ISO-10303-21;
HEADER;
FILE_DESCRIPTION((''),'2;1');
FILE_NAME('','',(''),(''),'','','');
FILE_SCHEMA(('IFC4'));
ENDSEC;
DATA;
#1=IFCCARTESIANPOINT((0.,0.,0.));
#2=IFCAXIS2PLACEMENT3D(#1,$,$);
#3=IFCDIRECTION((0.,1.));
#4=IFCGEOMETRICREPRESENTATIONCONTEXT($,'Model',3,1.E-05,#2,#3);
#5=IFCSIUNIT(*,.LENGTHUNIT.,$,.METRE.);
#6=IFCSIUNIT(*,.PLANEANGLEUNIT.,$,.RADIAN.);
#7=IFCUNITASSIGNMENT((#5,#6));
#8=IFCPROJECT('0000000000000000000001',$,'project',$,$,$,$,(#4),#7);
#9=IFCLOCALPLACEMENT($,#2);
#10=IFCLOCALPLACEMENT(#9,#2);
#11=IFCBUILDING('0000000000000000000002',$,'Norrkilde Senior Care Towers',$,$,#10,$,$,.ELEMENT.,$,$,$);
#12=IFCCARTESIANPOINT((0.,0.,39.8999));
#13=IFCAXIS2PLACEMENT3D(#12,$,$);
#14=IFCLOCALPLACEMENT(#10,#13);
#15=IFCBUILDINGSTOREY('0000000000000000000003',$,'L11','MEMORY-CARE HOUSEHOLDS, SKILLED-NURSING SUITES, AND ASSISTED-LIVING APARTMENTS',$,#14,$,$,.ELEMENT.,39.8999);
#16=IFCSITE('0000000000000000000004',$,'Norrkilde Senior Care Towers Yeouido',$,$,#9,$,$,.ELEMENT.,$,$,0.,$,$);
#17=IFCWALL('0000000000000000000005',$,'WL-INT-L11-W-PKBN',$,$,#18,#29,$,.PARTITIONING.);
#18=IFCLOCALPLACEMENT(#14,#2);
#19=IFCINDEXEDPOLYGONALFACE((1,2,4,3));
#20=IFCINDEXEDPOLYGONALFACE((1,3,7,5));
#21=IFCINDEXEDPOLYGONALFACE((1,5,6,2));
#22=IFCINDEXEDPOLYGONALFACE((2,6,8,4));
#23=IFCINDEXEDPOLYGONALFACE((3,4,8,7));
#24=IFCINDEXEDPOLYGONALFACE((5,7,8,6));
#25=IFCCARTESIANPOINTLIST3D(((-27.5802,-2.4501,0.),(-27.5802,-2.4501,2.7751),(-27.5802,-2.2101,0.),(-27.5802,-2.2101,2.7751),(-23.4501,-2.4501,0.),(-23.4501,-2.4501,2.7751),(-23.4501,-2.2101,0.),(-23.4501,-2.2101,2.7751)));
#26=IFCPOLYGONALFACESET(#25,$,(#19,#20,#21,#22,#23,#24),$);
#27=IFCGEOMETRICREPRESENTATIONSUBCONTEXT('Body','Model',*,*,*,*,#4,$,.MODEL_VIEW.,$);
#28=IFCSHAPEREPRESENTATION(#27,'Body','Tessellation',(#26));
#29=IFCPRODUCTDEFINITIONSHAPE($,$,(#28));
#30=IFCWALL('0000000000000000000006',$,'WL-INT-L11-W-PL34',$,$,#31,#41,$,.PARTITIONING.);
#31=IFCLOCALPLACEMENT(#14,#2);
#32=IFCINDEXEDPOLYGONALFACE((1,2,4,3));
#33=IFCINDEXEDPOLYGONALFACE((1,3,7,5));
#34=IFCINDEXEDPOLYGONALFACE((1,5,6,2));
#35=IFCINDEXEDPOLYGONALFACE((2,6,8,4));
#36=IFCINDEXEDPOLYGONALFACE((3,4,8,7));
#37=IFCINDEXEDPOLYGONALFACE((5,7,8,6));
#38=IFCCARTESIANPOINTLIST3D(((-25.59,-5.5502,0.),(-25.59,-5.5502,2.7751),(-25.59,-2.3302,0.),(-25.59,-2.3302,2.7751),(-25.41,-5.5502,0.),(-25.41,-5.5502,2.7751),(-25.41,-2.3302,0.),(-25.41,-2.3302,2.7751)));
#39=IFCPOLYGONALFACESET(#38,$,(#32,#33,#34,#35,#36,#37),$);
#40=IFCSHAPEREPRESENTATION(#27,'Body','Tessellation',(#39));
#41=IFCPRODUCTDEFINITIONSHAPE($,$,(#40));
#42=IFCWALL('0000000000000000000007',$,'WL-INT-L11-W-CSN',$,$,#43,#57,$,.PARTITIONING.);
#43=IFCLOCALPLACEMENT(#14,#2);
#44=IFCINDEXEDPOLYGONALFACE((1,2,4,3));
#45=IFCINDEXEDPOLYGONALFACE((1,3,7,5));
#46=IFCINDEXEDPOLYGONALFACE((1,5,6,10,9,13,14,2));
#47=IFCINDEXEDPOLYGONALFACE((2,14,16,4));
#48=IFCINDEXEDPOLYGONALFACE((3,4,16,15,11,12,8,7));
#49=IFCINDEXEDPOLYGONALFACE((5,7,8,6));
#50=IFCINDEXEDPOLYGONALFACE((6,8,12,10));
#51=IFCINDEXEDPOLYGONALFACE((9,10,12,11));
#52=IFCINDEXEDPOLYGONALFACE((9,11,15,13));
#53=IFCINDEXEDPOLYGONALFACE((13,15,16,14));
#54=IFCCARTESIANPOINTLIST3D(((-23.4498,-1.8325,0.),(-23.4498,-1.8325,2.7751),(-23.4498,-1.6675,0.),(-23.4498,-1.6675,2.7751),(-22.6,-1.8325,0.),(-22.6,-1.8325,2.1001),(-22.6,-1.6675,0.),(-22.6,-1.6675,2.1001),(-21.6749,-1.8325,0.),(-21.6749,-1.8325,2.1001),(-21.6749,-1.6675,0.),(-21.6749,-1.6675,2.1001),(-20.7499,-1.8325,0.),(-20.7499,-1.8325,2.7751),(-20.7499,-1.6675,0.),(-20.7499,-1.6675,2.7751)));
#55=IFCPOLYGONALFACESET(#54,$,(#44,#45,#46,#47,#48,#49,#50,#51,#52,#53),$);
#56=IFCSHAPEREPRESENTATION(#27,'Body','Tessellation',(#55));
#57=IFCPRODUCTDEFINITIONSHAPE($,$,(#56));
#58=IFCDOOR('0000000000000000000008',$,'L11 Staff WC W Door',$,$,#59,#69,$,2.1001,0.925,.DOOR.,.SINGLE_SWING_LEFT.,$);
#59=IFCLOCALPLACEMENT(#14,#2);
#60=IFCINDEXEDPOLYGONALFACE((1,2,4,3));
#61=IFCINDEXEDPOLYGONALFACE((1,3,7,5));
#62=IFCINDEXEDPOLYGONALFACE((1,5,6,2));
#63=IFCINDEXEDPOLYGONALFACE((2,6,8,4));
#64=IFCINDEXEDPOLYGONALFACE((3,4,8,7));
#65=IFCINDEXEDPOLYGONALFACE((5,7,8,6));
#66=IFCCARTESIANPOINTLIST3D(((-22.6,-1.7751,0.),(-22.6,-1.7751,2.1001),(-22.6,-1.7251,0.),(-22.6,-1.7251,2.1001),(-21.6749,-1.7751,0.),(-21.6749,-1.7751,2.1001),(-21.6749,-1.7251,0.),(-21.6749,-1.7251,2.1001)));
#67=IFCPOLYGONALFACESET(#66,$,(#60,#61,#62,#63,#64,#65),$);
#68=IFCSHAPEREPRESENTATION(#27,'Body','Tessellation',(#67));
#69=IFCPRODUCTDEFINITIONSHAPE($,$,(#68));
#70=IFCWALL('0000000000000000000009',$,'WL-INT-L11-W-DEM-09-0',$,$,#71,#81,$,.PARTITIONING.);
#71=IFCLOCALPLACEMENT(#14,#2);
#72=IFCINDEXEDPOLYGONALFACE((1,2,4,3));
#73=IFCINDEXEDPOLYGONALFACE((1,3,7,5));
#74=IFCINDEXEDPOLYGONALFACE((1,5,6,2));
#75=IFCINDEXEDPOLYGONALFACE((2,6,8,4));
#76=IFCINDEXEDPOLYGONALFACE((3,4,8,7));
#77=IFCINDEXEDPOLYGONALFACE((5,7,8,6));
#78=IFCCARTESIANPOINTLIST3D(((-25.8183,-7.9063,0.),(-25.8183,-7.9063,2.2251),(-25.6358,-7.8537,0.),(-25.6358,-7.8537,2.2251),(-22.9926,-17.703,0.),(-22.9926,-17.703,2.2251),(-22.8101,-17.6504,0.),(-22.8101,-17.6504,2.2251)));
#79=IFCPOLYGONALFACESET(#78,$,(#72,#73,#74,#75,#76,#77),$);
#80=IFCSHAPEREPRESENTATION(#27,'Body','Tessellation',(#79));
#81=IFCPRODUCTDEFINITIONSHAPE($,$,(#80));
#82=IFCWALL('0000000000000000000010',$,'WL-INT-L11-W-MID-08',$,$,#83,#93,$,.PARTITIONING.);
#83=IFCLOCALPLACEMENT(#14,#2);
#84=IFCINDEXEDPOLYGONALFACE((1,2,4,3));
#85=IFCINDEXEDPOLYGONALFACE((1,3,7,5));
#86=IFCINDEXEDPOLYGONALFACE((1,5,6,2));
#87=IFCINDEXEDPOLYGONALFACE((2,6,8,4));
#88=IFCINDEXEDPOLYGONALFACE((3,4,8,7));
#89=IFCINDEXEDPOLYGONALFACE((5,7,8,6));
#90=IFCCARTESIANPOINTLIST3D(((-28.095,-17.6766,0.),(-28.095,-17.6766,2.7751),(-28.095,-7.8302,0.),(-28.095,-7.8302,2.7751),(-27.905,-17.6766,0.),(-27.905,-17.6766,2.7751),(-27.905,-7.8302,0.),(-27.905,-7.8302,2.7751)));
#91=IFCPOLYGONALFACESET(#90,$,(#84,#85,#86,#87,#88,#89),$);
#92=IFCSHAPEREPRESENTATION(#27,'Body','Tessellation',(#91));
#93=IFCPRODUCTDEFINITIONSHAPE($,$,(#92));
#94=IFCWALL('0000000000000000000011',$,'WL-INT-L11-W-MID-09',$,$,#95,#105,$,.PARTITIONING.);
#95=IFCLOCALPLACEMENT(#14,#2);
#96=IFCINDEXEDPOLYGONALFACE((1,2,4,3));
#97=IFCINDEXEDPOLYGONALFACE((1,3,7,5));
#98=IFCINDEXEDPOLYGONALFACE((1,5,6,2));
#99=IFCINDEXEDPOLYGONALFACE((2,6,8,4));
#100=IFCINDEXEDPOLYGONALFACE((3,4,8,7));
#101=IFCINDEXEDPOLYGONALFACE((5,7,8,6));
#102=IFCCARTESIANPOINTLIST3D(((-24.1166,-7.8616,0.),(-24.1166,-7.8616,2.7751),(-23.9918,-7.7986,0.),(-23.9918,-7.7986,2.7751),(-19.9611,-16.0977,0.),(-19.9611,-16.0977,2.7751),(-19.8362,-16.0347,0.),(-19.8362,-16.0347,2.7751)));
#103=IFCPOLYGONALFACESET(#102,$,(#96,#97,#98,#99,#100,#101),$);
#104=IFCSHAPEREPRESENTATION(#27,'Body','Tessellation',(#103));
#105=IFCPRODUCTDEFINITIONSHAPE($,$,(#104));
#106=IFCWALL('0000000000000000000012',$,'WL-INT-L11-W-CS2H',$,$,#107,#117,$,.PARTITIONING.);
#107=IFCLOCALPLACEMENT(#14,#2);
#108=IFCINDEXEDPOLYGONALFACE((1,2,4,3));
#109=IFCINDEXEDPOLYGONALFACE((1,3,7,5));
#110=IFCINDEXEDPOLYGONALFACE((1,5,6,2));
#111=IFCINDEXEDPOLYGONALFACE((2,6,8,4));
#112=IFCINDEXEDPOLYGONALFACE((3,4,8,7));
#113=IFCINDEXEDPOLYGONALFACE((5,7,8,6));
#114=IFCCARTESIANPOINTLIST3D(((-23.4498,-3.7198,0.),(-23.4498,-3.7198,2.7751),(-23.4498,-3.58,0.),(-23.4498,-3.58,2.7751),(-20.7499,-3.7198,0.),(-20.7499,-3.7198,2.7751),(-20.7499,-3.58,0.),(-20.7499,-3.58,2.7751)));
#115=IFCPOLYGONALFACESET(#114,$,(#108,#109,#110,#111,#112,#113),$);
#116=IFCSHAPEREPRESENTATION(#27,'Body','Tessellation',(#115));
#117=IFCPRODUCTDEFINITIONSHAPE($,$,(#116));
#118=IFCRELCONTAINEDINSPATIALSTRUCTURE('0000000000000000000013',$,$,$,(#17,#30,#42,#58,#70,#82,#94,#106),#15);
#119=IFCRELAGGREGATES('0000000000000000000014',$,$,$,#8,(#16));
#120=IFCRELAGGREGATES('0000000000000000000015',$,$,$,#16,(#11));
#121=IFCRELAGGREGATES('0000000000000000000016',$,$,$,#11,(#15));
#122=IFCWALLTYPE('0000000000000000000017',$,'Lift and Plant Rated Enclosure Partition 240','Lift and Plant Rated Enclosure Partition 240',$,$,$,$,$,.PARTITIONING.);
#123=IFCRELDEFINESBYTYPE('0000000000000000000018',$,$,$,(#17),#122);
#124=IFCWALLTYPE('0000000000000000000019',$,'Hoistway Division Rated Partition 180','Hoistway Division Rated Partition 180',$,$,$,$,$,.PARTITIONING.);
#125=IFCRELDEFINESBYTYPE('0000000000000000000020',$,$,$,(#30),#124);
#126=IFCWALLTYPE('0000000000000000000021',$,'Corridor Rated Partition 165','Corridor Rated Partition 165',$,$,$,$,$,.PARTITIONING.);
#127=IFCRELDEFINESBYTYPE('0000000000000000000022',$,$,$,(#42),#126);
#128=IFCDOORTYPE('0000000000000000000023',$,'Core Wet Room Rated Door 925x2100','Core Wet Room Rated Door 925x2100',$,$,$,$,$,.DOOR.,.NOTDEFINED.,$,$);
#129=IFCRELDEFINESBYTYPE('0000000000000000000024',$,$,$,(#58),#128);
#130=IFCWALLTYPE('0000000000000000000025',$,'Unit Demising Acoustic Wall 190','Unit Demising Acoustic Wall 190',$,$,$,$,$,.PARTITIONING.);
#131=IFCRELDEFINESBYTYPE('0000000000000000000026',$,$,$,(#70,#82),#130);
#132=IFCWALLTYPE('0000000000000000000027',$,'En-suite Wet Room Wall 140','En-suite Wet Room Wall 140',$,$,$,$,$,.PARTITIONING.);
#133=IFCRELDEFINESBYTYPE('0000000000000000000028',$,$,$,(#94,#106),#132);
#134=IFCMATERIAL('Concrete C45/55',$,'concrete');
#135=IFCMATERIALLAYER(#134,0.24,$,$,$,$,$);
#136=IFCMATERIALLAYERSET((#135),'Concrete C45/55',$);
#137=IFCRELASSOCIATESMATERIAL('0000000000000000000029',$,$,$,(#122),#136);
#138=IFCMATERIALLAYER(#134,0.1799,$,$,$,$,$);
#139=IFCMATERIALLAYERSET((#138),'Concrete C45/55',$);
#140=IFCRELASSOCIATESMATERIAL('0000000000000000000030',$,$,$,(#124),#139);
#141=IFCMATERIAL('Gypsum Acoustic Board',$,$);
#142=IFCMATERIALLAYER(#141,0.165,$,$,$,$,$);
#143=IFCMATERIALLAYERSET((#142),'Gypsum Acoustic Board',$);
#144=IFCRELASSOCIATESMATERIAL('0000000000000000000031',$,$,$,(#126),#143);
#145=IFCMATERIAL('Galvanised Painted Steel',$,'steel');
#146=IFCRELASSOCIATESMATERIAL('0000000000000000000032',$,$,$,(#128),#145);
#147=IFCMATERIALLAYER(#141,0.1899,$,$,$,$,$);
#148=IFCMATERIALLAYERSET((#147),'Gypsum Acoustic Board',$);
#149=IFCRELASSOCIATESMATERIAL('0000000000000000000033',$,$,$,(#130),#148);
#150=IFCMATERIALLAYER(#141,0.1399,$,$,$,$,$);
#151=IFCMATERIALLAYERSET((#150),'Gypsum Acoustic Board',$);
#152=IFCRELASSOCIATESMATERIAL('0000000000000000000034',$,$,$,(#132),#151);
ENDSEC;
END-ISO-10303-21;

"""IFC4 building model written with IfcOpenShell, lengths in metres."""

from ifc_helpers import new_model, si_unit, direction, frame, frame_2d, origin, place, context, subcontext, project, spatial, rectangle, extrude, source, transform, mapped, material, layer, layer_set, type_object, type_shapes, element, fill, save


model = new_model("IFC4")

# Units and contexts
model_context = context("Model", 3, precision=1e-05, world=origin(), true_north=direction((0.0, 1.0)))
body_context = subcontext(model_context, "Body", "Model", "MODEL_VIEW")
ifc_project = project(units=[si_unit("LENGTHUNIT", "METRE"), si_unit("PLANEANGLEUNIT", "RADIAN")], contexts=[model_context])

# Site, building, storey
site_placement = place(None, origin())
site = spatial("IfcSite", under=ifc_project, at=site_placement, Name="Norrkilde Senior Care Towers Yeouido", CompositionType="ELEMENT", RefElevation=0.0)
building_placement = place(site_placement, origin())
building = spatial("IfcBuilding", under=site, at=building_placement, Name="Norrkilde Senior Care Towers", CompositionType="ELEMENT")
storey_placement = place(building_placement, frame((0.0, 0.0, 39.8999)))
storey = spatial("IfcBuildingStorey", under=building, at=storey_placement, Name="L11", Description="MEMORY-CARE HOUSEHOLDS, SKILLED-NURSING SUITES, AND ASSISTED-LIVING APARTMENTS", CompositionType="ELEMENT", Elevation=39.8999)

# Walls
ifc_material_1 = material(Name="Concrete C45/55", Category="concrete")
ifc_layer_1 = layer(ifc_material_1, 0.24)
ifc_layer_set_1 = layer_set([ifc_layer_1], Name="Concrete C45/55")
wall_type_1 = type_object("IfcWallType", Name="Lift and Plant Rated Enclosure Partition 240", Description="Lift and Plant Rated Enclosure Partition 240", PredefinedType="PARTITIONING", material=ifc_layer_set_1)
shared_shape_1 = source(origin(), body_context, "Body", "SweptSolid", [
    extrude(rectangle(XDim=4.1301, YDim=0.24, at=frame_2d((2.0649, 0.0))), origin(), (0.0, 0.0, 1.0), 2.7751),
])
type_shapes(wall_type_1, [shared_shape_1])
wall_1_placement = place(storey_placement, frame((-27.5801, -2.3301, 0.0), z_axis=(0.0, 0.0, 1.0), x_axis=(1.0, 0.0, 0.0)))
element("IfcWall", 1, at=wall_1_placement, inside=storey, type_object=wall_type_1, Name="WL-INT-L11-W-PKBN", PredefinedType="PARTITIONING", context=body_context, shape_type="MappedRepresentation", body=[
    mapped(shared_shape_1, transform((0.0, 0.0, 0.0), x_axis=(1.0, 0.0, 0.0), y_axis=(0.0, 1.0, 0.0), z_axis=(0.0, 0.0, 1.0), scale=1.0)),
])
ifc_layer_2 = layer(ifc_material_1, 0.1799)
ifc_layer_set_2 = layer_set([ifc_layer_2], Name="Concrete C45/55")
wall_type_2 = type_object("IfcWallType", Name="Hoistway Division Rated Partition 180", Description="Hoistway Division Rated Partition 180", PredefinedType="PARTITIONING", material=ifc_layer_set_2)
shared_shape_2 = source(origin(), body_context, "Body", "SweptSolid", [
    extrude(rectangle(XDim=3.22, YDim=0.1799, at=frame_2d((1.6099, 0.0))), origin(), (0.0, 0.0, 1.0), 2.7751),
])
type_shapes(wall_type_2, [shared_shape_2])
wall_2_placement = place(storey_placement, frame((-25.5, -5.55, 0.0), z_axis=(0.0, 0.0, 1.0), x_axis=(0.0, 1.0, 0.0)))
element("IfcWall", 2, at=wall_2_placement, inside=storey, type_object=wall_type_2, Name="WL-INT-L11-W-PL34", PredefinedType="PARTITIONING", context=body_context, shape_type="MappedRepresentation", body=[
    mapped(shared_shape_2, transform((0.0, 0.0, 0.0), x_axis=(1.0, 0.0, 0.0), y_axis=(0.0, 1.0, 0.0), z_axis=(0.0, 0.0, 1.0), scale=1.0)),
])

# Wall, opening, door
ifc_material_2 = material(Name="Gypsum Acoustic Board")
ifc_layer_3 = layer(ifc_material_2, 0.165)
ifc_layer_set_3 = layer_set([ifc_layer_3], Name="Gypsum Acoustic Board")
wall_type_3 = type_object("IfcWallType", Name="Corridor Rated Partition 165", Description="Corridor Rated Partition 165", PredefinedType="PARTITIONING", material=ifc_layer_set_3)
shared_shape_3 = source(origin(), body_context, "Body", "SweptSolid", [
    extrude(rectangle(XDim=2.7, YDim=0.165, at=frame_2d((1.3501, 0.0))), origin(), (0.0, 0.0, 1.0), 2.7751),
])
type_shapes(wall_type_3, [shared_shape_3])
wall_3_placement = place(storey_placement, frame((-23.45, -1.75, 0.0), z_axis=(0.0, 0.0, 1.0), x_axis=(1.0, 0.0, 0.0)))
wall_3 = element("IfcWall", 3, at=wall_3_placement, inside=storey, type_object=wall_type_3, Name="WL-INT-L11-W-CSN", PredefinedType="PARTITIONING", context=body_context, shape_type="MappedRepresentation", body=[
    mapped(shared_shape_3, transform((0.0, 0.0, 0.0), x_axis=(1.0, 0.0, 0.0), y_axis=(0.0, 1.0, 0.0), z_axis=(0.0, 0.0, 1.0), scale=1.0)),
])
opening_placement = place(wall_3_placement, frame((0.8501, 0.0, 0.0)))
opening = element("IfcOpeningElement", 4, at=opening_placement, cuts=wall_3, PredefinedType="OPENING", context=body_context, shape_type="SweptSolid", body=[
    extrude(rectangle(XDim=0.925, YDim=2.1001, at=frame_2d((0.4624, 1.05))), frame((0.0, 0.0925, 0.0), z_axis=(0.0, -1.0, 0.0), x_axis=(1.0, 0.0, 0.0)), (0.0, 0.0, 1.0), 0.1851),
])
ifc_material_3 = material(Name="Galvanised Painted Steel", Category="steel")
door_type = type_object("IfcDoorType", Name="Core Wet Room Rated Door 925x2100", Description="Core Wet Room Rated Door 925x2100", OperationType="NOTDEFINED", PredefinedType="DOOR", material=ifc_material_3)
shared_shape_4 = source(origin(), body_context, "Body", "SweptSolid", [
    extrude(rectangle(XDim=0.925, YDim=2.1001, at=frame_2d((0.4624, 1.05))), frame((0.0, 0.0249, 0.0), z_axis=(0.0, -1.0, 0.0), x_axis=(1.0, 0.0, 0.0)), (0.0, 0.0, 1.0), 0.05),
])
type_shapes(door_type, [shared_shape_4])
door_placement = place(opening_placement, origin())
door = element("IfcDoor", 5, at=door_placement, inside=storey, type_object=door_type, Name="L11 Staff WC W Door", OperationType="SINGLE_SWING_LEFT", OverallHeight=2.1001, OverallWidth=0.925, PredefinedType="DOOR", context=body_context, shape_type="MappedRepresentation", body=[
    mapped(shared_shape_4, transform((0.0, 0.0, 0.0), x_axis=(1.0, 0.0, 0.0), y_axis=(0.0, 1.0, 0.0), z_axis=(0.0, 0.0, 1.0), scale=1.0)),
])
fill(opening, door)

# Walls
ifc_layer_4 = layer(ifc_material_2, 0.1899)
ifc_layer_set_4 = layer_set([ifc_layer_4], Name="Gypsum Acoustic Board")
wall_type_4 = type_object("IfcWallType", Name="Unit Demising Acoustic Wall 190", Description="Unit Demising Acoustic Wall 190", PredefinedType="PARTITIONING", material=ifc_layer_set_4)
shared_shape_5 = source(origin(), body_context, "Body", "SweptSolid", [
    extrude(rectangle(XDim=10.196, YDim=0.1899, at=frame_2d((5.0981, 0.0))), origin(), (0.0, 0.0, 1.0), 2.2251),
])
wall_4_placement = place(storey_placement, frame((-25.7271, -7.8799, 0.0), z_axis=(0.0, 0.0, 1.0), x_axis=(0.277136, -0.960831, 0.0)))
element("IfcWall", 6, at=wall_4_placement, inside=storey, type_object=wall_type_4, Name="WL-INT-L11-W-DEM-09-0", PredefinedType="PARTITIONING", context=body_context, shape_type="MappedRepresentation", body=[
    mapped(shared_shape_5, transform((0.0, 0.0, 0.0), x_axis=(1.0, 0.0, 0.0), y_axis=(0.0, 1.0, 0.0), z_axis=(0.0, 0.0, 1.0), scale=1.0)),
])
shared_shape_6 = source(origin(), body_context, "Body", "SweptSolid", [
    extrude(rectangle(XDim=9.8464, YDim=0.1899, at=frame_2d((4.9233, 0.0))), origin(), (0.0, 0.0, 1.0), 2.7751),
])
type_shapes(wall_type_4, [shared_shape_5, shared_shape_6])
wall_5_placement = place(storey_placement, frame((-28.0, -7.8301, 0.0), z_axis=(0.0, 0.0, 1.0), x_axis=(0.0, -1.0, 0.0)))
element("IfcWall", 7, at=wall_5_placement, inside=storey, type_object=wall_type_4, Name="WL-INT-L11-W-MID-08", PredefinedType="PARTITIONING", context=body_context, shape_type="MappedRepresentation", body=[
    mapped(shared_shape_6, transform((0.0, 0.0, 0.0), x_axis=(1.0, 0.0, 0.0), y_axis=(0.0, 1.0, 0.0), z_axis=(0.0, 0.0, 1.0), scale=1.0)),
])
ifc_layer_5 = layer(ifc_material_2, 0.1399)
ifc_layer_set_5 = layer_set([ifc_layer_5], Name="Gypsum Acoustic Board")
wall_type_5 = type_object("IfcWallType", Name="En-suite Wet Room Wall 140", Description="En-suite Wet Room Wall 140", PredefinedType="PARTITIONING", material=ifc_layer_set_5)
shared_shape_7 = source(origin(), body_context, "Body", "SweptSolid", [
    extrude(rectangle(XDim=9.2251, YDim=0.1399, at=frame_2d((4.6125, 0.0))), origin(), (0.0, 0.0, 1.0), 2.7751),
])
wall_6_placement = place(storey_placement, frame((-24.0542, -7.8301, 0.0), z_axis=(0.0, 0.0, 1.0), x_axis=(0.450461, -0.892796, 0.0)))
element("IfcWall", 8, at=wall_6_placement, inside=storey, type_object=wall_type_5, Name="WL-INT-L11-W-MID-09", PredefinedType="PARTITIONING", context=body_context, shape_type="MappedRepresentation", body=[
    mapped(shared_shape_7, transform((0.0, 0.0, 0.0), x_axis=(1.0, 0.0, 0.0), y_axis=(0.0, 1.0, 0.0), z_axis=(0.0, 0.0, 1.0), scale=1.0)),
])
shared_shape_8 = source(origin(), body_context, "Body", "SweptSolid", [
    extrude(rectangle(XDim=2.7, YDim=0.1399, at=frame_2d((1.3501, 0.0))), origin(), (0.0, 0.0, 1.0), 2.7751),
])
type_shapes(wall_type_5, [shared_shape_7, shared_shape_8])
wall_7_placement = place(storey_placement, frame((-23.45, -3.6499, 0.0), z_axis=(0.0, 0.0, 1.0), x_axis=(1.0, 0.0, 0.0)))
element("IfcWall", 9, at=wall_7_placement, inside=storey, type_object=wall_type_5, Name="WL-INT-L11-W-CS2H", PredefinedType="PARTITIONING", context=body_context, shape_type="MappedRepresentation", body=[
    mapped(shared_shape_8, transform((0.0, 0.0, 0.0), x_axis=(1.0, 0.0, 0.0), y_axis=(0.0, 1.0, 0.0), z_axis=(0.0, 0.0, 1.0), scale=1.0)),
])

save(model, "model.ifc")
